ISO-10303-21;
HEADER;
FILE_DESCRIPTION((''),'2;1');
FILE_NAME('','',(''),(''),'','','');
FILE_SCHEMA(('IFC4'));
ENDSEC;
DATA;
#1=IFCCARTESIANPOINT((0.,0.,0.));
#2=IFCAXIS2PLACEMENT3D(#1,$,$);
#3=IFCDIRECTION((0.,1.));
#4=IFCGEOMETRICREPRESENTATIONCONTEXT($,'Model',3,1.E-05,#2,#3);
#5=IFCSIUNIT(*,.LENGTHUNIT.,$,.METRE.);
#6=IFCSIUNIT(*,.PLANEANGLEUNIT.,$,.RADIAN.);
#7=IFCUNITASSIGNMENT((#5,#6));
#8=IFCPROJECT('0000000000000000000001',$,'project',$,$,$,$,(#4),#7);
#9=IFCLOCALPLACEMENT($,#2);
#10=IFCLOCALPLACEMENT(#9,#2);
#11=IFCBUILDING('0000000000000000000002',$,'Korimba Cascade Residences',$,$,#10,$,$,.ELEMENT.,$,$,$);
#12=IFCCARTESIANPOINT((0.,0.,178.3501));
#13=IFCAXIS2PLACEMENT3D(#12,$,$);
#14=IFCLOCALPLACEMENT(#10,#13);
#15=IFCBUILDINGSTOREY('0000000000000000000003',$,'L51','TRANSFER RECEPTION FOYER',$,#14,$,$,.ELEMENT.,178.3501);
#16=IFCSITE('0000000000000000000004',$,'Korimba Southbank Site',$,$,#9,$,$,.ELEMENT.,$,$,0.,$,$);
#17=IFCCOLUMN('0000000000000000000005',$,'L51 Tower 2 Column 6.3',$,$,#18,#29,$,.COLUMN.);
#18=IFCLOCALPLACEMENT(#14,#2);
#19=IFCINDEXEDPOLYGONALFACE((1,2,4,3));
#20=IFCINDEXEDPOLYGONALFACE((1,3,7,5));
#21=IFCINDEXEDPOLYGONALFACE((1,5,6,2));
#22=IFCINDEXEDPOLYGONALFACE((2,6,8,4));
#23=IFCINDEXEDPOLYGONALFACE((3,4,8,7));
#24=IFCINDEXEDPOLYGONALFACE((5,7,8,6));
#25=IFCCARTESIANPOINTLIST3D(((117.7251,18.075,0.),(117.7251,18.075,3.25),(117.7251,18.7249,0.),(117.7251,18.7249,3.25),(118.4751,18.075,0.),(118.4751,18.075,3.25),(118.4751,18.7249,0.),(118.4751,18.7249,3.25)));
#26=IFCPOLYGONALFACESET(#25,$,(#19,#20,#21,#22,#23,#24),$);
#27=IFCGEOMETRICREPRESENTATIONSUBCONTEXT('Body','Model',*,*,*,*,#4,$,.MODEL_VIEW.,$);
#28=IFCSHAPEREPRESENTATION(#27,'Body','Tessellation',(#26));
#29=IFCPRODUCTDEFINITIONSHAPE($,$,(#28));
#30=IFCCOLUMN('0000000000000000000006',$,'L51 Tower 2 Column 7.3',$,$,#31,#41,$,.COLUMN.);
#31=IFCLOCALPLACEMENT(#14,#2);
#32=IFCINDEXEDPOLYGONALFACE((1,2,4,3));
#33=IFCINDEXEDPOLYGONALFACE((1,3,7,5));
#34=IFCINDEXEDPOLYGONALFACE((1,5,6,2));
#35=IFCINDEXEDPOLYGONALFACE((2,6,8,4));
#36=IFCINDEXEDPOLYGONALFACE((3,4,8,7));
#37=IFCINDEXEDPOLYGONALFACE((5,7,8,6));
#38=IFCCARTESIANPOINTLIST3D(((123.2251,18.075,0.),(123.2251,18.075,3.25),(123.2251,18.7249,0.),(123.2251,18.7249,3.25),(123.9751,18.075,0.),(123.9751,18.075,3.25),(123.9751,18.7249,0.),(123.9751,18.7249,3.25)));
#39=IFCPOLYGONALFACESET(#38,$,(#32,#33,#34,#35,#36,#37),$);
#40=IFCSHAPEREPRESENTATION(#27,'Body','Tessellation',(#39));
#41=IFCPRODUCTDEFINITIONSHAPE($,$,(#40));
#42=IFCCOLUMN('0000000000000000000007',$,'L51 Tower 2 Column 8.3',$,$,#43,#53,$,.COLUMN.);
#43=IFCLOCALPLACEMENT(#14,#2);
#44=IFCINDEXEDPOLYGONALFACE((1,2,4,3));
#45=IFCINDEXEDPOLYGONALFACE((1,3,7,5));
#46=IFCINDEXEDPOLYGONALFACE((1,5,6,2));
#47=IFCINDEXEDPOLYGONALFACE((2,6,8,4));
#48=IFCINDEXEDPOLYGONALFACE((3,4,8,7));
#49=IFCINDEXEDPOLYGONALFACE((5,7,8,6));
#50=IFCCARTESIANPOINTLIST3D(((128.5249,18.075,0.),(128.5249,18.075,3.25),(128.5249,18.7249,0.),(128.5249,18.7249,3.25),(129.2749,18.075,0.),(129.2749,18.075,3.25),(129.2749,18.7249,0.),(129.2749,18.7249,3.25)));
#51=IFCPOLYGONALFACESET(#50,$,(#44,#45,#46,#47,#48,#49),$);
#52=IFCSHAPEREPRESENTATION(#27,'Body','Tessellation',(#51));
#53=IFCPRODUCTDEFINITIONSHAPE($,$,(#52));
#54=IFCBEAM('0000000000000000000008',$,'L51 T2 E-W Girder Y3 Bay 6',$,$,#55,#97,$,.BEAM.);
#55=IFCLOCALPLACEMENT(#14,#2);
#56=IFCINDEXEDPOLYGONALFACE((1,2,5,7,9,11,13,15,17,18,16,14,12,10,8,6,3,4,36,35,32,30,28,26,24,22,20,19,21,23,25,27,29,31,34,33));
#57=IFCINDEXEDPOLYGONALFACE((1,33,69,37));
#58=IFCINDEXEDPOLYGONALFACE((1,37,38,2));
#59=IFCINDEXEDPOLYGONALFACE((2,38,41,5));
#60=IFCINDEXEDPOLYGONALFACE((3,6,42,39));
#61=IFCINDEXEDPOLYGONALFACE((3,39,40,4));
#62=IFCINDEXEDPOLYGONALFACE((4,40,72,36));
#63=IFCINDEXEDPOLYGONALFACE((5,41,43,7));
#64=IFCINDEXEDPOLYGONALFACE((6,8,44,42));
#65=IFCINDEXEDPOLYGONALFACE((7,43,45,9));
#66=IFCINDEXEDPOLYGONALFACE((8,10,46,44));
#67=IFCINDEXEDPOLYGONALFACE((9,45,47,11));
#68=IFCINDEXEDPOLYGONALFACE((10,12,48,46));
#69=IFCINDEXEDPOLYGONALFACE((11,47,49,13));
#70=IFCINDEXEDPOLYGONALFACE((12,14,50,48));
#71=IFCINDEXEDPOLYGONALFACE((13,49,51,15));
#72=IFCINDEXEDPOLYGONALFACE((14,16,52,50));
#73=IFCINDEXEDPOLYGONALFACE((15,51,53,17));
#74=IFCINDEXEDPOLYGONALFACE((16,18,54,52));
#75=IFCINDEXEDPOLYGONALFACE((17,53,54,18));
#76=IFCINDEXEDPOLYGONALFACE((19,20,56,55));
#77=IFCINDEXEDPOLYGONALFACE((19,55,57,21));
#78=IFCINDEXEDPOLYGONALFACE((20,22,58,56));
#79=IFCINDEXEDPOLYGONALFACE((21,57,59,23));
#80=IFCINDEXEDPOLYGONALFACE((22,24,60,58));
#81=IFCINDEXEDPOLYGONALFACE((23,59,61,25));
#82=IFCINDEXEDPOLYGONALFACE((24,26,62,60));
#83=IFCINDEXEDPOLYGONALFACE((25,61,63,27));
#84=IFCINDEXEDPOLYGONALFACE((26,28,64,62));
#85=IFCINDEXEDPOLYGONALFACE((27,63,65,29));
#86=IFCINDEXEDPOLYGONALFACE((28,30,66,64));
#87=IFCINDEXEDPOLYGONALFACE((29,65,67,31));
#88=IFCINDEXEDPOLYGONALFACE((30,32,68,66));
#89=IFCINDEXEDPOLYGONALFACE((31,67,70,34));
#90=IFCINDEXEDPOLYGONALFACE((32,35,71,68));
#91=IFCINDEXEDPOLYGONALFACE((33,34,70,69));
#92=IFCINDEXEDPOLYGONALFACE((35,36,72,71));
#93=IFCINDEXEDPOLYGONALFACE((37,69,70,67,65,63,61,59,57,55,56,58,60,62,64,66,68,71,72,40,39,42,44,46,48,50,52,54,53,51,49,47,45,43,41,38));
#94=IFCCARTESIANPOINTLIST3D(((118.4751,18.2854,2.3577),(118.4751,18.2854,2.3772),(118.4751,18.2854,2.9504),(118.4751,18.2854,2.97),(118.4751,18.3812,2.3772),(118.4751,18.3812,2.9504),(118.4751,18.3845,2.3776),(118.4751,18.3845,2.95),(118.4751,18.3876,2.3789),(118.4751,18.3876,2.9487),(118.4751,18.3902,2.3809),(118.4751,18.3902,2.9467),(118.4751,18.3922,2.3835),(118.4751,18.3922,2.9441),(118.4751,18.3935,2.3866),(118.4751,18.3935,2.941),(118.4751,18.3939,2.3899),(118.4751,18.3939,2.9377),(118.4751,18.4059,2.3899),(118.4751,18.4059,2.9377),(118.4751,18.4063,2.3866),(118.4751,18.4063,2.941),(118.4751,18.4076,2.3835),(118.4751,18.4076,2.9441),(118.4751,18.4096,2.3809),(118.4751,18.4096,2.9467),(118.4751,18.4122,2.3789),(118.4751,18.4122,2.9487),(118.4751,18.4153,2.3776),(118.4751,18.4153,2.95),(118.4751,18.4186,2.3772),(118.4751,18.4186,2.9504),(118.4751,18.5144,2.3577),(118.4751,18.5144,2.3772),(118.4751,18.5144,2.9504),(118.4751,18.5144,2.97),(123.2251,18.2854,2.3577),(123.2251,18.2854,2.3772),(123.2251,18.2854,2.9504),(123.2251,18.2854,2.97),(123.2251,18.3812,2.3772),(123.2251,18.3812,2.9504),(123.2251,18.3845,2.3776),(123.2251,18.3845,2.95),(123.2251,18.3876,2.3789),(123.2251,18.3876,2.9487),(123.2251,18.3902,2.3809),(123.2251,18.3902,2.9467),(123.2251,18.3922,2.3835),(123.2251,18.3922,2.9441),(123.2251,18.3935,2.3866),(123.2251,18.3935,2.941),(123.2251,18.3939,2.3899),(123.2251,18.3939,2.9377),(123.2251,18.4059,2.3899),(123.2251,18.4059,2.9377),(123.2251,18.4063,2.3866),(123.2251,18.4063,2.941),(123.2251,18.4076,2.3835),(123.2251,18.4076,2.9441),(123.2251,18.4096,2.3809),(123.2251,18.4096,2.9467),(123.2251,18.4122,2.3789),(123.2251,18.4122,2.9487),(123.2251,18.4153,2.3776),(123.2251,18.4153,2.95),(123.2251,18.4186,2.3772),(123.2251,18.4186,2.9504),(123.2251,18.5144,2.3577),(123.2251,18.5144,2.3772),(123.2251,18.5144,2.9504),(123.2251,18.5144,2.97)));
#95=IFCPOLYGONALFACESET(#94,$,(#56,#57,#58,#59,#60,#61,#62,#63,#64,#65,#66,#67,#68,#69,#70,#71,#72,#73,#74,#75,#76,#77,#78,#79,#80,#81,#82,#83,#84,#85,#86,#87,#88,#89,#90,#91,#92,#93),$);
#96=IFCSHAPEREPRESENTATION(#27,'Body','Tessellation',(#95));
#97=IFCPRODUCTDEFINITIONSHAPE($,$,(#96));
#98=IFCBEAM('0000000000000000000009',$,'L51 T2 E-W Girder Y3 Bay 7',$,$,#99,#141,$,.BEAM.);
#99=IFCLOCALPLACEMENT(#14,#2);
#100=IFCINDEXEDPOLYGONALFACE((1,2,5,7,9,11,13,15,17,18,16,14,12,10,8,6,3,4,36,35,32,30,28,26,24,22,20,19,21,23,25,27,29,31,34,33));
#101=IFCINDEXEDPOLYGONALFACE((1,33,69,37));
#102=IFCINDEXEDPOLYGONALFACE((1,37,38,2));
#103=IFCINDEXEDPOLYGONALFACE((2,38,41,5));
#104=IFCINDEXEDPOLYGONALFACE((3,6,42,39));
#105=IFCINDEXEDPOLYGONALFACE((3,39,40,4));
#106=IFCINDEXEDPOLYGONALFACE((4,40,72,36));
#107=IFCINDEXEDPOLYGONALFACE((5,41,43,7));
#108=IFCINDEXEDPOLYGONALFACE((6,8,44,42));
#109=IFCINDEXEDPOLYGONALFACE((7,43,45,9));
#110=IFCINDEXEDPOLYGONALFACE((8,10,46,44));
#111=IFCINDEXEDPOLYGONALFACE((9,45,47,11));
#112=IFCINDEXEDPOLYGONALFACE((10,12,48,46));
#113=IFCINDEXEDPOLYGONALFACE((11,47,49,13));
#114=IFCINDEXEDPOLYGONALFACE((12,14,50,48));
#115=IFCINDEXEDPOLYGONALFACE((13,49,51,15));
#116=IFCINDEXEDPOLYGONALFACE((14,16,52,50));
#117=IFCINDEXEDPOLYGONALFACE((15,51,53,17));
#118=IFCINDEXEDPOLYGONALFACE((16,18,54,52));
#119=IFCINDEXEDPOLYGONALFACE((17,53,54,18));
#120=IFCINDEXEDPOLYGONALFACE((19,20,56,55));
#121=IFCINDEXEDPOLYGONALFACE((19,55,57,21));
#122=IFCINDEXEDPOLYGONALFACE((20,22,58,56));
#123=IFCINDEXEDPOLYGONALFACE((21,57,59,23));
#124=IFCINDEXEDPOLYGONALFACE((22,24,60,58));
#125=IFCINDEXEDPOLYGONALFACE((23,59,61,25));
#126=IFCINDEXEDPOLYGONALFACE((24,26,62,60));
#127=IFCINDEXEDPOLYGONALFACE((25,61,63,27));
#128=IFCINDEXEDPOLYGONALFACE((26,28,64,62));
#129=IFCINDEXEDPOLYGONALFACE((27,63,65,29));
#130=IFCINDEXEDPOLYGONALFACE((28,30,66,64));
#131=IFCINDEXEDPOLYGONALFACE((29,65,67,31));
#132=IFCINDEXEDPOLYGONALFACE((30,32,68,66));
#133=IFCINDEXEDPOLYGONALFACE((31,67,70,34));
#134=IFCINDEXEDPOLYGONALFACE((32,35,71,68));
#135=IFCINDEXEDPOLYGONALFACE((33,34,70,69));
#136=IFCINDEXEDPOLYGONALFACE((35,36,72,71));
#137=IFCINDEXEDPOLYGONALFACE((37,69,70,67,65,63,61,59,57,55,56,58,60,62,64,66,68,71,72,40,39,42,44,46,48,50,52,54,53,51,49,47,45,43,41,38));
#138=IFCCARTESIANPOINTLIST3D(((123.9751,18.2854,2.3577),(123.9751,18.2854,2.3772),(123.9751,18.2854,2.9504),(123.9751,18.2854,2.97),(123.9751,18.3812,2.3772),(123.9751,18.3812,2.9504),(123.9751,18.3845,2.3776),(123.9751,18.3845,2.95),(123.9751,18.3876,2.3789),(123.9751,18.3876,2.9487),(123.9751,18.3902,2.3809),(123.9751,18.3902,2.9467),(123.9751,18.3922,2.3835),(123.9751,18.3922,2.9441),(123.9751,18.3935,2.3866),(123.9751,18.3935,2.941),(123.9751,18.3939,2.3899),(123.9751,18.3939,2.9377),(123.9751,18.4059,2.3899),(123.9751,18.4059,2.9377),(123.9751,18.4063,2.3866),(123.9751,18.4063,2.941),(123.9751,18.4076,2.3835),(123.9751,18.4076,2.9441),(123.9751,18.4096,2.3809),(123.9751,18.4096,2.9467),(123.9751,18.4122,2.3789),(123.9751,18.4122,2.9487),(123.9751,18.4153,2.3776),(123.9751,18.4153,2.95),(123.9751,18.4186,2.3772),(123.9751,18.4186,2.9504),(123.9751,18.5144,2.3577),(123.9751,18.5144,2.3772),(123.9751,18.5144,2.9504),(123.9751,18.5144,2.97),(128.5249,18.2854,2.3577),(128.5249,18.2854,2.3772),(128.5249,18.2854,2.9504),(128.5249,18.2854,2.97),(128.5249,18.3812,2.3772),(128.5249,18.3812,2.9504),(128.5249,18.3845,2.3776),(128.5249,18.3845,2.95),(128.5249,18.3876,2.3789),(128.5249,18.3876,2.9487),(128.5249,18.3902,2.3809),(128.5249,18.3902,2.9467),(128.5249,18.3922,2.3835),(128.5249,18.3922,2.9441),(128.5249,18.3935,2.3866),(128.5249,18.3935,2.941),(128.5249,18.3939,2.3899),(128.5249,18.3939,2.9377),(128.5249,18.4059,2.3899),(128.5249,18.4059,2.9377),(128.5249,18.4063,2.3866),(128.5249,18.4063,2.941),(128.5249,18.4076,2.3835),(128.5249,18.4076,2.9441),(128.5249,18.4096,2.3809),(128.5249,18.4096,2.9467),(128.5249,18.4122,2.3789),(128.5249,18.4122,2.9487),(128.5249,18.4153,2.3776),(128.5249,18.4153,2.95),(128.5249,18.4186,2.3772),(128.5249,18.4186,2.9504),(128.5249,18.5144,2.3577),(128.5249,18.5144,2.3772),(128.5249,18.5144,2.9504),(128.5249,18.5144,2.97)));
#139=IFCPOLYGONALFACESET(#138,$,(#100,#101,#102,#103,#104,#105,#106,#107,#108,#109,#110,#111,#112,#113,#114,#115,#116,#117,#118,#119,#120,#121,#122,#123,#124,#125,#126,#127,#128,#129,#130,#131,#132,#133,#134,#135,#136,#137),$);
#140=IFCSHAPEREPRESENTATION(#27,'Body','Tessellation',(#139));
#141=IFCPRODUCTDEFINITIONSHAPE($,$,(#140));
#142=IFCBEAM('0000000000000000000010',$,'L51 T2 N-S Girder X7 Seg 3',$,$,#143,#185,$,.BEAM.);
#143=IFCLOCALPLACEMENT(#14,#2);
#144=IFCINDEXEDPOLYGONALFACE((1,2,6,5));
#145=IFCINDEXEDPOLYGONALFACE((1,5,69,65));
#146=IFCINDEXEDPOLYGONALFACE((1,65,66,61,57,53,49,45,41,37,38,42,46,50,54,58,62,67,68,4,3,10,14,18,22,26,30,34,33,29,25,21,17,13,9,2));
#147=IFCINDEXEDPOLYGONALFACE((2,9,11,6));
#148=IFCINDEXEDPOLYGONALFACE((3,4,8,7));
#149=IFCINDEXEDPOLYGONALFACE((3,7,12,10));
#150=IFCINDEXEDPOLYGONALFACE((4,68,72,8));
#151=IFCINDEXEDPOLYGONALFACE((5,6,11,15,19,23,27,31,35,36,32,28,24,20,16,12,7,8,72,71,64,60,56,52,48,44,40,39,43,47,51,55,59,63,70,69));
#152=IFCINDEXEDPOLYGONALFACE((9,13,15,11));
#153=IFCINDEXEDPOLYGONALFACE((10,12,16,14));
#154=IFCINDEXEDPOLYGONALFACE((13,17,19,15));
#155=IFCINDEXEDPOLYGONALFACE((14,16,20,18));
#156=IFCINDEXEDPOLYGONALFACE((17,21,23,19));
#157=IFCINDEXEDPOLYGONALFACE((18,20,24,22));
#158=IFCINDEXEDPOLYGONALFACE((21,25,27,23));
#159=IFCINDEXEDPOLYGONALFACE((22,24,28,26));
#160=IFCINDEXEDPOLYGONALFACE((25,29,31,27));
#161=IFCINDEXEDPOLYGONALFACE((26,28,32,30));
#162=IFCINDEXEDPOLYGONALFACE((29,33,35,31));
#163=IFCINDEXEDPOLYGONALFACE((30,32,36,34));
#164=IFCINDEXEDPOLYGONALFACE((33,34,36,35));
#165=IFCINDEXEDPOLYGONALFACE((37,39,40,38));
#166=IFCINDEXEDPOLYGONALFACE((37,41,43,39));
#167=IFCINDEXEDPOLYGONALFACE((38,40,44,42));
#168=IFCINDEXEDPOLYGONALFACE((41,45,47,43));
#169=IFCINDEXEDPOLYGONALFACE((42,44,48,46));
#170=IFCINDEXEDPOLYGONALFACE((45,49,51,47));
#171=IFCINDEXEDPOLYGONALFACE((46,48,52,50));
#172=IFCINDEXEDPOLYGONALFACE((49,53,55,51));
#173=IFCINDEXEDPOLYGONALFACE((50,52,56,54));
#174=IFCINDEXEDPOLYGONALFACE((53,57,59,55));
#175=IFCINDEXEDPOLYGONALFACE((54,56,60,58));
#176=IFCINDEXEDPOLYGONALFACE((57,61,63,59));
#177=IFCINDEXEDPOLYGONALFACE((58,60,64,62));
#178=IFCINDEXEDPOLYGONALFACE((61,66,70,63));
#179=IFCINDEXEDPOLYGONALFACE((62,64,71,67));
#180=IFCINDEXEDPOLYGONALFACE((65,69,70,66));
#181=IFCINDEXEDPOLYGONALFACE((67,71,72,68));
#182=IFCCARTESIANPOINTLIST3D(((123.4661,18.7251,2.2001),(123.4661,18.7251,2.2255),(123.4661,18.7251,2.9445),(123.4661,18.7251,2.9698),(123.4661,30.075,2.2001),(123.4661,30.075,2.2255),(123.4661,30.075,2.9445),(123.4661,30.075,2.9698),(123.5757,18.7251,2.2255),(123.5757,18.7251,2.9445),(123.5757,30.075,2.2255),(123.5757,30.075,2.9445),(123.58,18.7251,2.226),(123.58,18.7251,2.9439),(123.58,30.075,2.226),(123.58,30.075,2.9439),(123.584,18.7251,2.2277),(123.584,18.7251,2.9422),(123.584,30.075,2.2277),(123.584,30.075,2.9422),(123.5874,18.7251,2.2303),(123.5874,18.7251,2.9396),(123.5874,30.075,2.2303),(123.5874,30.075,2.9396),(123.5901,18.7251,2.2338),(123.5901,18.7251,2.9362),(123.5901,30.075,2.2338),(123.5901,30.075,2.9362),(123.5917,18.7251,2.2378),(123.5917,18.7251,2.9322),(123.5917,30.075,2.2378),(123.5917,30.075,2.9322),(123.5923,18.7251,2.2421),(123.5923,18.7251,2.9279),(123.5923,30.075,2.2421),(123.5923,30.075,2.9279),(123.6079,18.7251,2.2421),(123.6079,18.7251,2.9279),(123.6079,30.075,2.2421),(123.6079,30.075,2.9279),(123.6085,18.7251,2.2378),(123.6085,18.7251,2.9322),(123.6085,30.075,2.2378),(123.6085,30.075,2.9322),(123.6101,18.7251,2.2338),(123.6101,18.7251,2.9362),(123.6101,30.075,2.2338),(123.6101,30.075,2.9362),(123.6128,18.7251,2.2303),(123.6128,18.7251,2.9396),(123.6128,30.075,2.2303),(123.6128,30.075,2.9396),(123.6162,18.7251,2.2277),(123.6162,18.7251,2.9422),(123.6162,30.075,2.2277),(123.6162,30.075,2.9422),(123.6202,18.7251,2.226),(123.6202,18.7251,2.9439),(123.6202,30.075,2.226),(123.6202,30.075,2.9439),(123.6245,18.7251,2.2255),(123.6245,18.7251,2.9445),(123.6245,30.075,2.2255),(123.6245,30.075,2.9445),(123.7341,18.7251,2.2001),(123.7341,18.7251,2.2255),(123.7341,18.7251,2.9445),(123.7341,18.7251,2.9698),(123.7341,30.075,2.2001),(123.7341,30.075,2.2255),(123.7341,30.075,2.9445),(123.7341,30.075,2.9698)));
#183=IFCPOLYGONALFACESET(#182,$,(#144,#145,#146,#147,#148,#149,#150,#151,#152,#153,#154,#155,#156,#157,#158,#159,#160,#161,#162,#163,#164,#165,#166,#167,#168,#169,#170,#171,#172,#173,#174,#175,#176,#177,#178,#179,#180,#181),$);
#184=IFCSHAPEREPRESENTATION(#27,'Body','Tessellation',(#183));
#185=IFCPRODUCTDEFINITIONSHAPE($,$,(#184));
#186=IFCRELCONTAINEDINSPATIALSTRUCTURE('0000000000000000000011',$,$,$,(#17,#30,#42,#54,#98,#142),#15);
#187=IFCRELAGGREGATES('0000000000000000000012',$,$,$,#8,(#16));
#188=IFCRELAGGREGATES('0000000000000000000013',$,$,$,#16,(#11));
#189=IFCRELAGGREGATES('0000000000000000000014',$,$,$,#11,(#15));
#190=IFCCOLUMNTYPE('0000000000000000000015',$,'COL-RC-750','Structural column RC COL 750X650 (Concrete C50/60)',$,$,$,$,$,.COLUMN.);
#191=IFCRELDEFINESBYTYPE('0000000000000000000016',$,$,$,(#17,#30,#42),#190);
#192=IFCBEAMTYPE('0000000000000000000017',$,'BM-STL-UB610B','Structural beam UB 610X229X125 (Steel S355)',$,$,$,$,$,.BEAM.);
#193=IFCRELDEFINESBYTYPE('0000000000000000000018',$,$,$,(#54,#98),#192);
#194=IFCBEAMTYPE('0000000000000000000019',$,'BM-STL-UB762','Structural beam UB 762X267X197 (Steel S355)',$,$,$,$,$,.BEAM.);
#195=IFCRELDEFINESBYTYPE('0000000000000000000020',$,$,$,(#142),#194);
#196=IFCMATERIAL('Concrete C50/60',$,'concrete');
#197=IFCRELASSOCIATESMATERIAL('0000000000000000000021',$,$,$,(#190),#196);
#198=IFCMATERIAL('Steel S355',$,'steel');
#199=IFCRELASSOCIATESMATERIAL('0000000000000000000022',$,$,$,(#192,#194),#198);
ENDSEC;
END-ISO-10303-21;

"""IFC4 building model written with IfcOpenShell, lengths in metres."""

from ifc_helpers import new_model, si_unit, direction, frame, origin, origin_2d, place, context, subcontext, project, spatial, rectangle, i_section, extrude, material, material_profile, profile_set, type_object, element, save


model = new_model("IFC4")

# Units and contexts
model_context = context("Model", 3, precision=1e-05, world=origin(), true_north=direction((0.0, 1.0)))
body_context = subcontext(model_context, "Body", "Model", "MODEL_VIEW")
ifc_project = project(units=[si_unit("LENGTHUNIT", "METRE"), si_unit("PLANEANGLEUNIT", "RADIAN")], contexts=[model_context])

# Site, building, storey
site_placement = place(None, origin())
site = spatial("IfcSite", under=ifc_project, at=site_placement, Name="Korimba Southbank Site", CompositionType="ELEMENT", RefElevation=0.0)
building_placement = place(site_placement, origin())
building = spatial("IfcBuilding", under=site, at=building_placement, Name="Korimba Cascade Residences", CompositionType="ELEMENT")
storey_placement = place(building_placement, frame((0.0, 0.0, 178.3501)))
storey = spatial("IfcBuildingStorey", under=building, at=storey_placement, Name="L51", Description="TRANSFER RECEPTION FOYER", CompositionType="ELEMENT", Elevation=178.3501)

# Columns
ifc_material_1 = material(Name="Concrete C50/60", Category="concrete")
ifc_material_profile_1 = material_profile(ifc_material_1, rectangle(XDim=0.75, YDim=0.6499, at=origin_2d()), Name="Concrete C50/60")
ifc_profile_set_1 = profile_set([ifc_material_profile_1], Name="Concrete C50/60")
column_type = type_object("IfcColumnType", Name="COL-RC-750", Description="Structural column RC COL 750X650 (Concrete C50/60)", PredefinedType="COLUMN", material=ifc_profile_set_1)
for number, where, z_axis, x_axis, name in (
    (1, (118.1001, 18.3999, 0.0), (0.0, 0.0, 1.0), (1.0, 0.0, 0.0), "L51 Tower 2 Column 6.3"),
    (2, (123.6001, 18.3999, 0.0), (0.0, 0.0, 1.0), (1.0, 0.0, 0.0), "L51 Tower 2 Column 7.3"),
    (3, (128.8999, 18.3999, 0.0), (0.0, 0.0, 1.0), (1.0, 0.0, 0.0), "L51 Tower 2 Column 8.3"),
):
    element("IfcColumn", number, at=place(storey_placement, frame(where, z_axis=z_axis, x_axis=x_axis)), inside=storey, type_object=column_type, Name=name, PredefinedType="COLUMN", context=body_context, shape_type="SweptSolid", body=[
        extrude(rectangle(XDim=0.75, YDim=0.6499, at=origin_2d()), origin(), (0.0, 0.0, 1.0), 3.25),
    ])

# Beams
ifc_material_2 = material(Name="Steel S355", Category="steel")
ifc_material_profile_2 = material_profile(ifc_material_2, i_section(OverallWidth=0.229, OverallDepth=0.6123, WebThickness=0.012, FlangeThickness=0.0195, FilletRadius=0.0127, at=origin_2d()), Name="Steel S355")
ifc_profile_set_2 = profile_set([ifc_material_profile_2], Name="Steel S355")
beam_type_1 = type_object("IfcBeamType", Name="BM-STL-UB610B", Description="Structural beam UB 610X229X125 (Steel S355)", PredefinedType="BEAM", material=ifc_profile_set_2)
beam_1_placement = place(storey_placement, frame((118.4751, 18.3999, 2.6638), z_axis=(1.0, 0.0, 0.0), x_axis=(0.0, 1.0, 0.0)))
element("IfcBeam", 4, at=beam_1_placement, inside=storey, type_object=beam_type_1, Name="L51 T2 E-W Girder Y3 Bay 6", PredefinedType="BEAM", context=body_context, shape_type="SweptSolid", body=[
    extrude(i_section(OverallWidth=0.229, OverallDepth=0.6123, WebThickness=0.012, FlangeThickness=0.0195, FilletRadius=0.0127, at=origin_2d()), origin(), (0.0, 0.0, 1.0), 4.75),
])
beam_2_placement = place(storey_placement, frame((123.9751, 18.3999, 2.6638), z_axis=(1.0, 0.0, 0.0), x_axis=(0.0, 1.0, 0.0)))
element("IfcBeam", 5, at=beam_2_placement, inside=storey, type_object=beam_type_1, Name="L51 T2 E-W Girder Y3 Bay 7", PredefinedType="BEAM", context=body_context, shape_type="SweptSolid", body=[
    extrude(i_section(OverallWidth=0.229, OverallDepth=0.6123, WebThickness=0.012, FlangeThickness=0.0195, FilletRadius=0.0127, at=origin_2d()), origin(), (0.0, 0.0, 1.0), 4.5498),
])
ifc_material_profile_3 = material_profile(ifc_material_2, i_section(OverallWidth=0.2681, OverallDepth=0.7698, WebThickness=0.0156, FlangeThickness=0.0254, FilletRadius=0.0166, at=origin_2d()), Name="Steel S355")
ifc_profile_set_3 = profile_set([ifc_material_profile_3], Name="Steel S355")
beam_type_2 = type_object("IfcBeamType", Name="BM-STL-UB762", Description="Structural beam UB 762X267X197 (Steel S355)", PredefinedType="BEAM", material=ifc_profile_set_3)
for number, where, z_axis, x_axis, name in (
    (6, (123.6001, 18.7251, 2.585), (0.0, 1.0, 0.0), (-1.0, 0.0, 0.0), "L51 T2 N-S Girder X7 Seg 3"),
):
    element("IfcBeam", number, at=place(storey_placement, frame(where, z_axis=z_axis, x_axis=x_axis)), inside=storey, type_object=beam_type_2, Name=name, PredefinedType="BEAM", context=body_context, shape_type="SweptSolid", body=[
        extrude(i_section(OverallWidth=0.2681, OverallDepth=0.7698, WebThickness=0.0156, FlangeThickness=0.0254, FilletRadius=0.0166, at=origin_2d()), origin(), (0.0, 0.0, 1.0), 11.3499),
    ])

save(model, "model.ifc")
